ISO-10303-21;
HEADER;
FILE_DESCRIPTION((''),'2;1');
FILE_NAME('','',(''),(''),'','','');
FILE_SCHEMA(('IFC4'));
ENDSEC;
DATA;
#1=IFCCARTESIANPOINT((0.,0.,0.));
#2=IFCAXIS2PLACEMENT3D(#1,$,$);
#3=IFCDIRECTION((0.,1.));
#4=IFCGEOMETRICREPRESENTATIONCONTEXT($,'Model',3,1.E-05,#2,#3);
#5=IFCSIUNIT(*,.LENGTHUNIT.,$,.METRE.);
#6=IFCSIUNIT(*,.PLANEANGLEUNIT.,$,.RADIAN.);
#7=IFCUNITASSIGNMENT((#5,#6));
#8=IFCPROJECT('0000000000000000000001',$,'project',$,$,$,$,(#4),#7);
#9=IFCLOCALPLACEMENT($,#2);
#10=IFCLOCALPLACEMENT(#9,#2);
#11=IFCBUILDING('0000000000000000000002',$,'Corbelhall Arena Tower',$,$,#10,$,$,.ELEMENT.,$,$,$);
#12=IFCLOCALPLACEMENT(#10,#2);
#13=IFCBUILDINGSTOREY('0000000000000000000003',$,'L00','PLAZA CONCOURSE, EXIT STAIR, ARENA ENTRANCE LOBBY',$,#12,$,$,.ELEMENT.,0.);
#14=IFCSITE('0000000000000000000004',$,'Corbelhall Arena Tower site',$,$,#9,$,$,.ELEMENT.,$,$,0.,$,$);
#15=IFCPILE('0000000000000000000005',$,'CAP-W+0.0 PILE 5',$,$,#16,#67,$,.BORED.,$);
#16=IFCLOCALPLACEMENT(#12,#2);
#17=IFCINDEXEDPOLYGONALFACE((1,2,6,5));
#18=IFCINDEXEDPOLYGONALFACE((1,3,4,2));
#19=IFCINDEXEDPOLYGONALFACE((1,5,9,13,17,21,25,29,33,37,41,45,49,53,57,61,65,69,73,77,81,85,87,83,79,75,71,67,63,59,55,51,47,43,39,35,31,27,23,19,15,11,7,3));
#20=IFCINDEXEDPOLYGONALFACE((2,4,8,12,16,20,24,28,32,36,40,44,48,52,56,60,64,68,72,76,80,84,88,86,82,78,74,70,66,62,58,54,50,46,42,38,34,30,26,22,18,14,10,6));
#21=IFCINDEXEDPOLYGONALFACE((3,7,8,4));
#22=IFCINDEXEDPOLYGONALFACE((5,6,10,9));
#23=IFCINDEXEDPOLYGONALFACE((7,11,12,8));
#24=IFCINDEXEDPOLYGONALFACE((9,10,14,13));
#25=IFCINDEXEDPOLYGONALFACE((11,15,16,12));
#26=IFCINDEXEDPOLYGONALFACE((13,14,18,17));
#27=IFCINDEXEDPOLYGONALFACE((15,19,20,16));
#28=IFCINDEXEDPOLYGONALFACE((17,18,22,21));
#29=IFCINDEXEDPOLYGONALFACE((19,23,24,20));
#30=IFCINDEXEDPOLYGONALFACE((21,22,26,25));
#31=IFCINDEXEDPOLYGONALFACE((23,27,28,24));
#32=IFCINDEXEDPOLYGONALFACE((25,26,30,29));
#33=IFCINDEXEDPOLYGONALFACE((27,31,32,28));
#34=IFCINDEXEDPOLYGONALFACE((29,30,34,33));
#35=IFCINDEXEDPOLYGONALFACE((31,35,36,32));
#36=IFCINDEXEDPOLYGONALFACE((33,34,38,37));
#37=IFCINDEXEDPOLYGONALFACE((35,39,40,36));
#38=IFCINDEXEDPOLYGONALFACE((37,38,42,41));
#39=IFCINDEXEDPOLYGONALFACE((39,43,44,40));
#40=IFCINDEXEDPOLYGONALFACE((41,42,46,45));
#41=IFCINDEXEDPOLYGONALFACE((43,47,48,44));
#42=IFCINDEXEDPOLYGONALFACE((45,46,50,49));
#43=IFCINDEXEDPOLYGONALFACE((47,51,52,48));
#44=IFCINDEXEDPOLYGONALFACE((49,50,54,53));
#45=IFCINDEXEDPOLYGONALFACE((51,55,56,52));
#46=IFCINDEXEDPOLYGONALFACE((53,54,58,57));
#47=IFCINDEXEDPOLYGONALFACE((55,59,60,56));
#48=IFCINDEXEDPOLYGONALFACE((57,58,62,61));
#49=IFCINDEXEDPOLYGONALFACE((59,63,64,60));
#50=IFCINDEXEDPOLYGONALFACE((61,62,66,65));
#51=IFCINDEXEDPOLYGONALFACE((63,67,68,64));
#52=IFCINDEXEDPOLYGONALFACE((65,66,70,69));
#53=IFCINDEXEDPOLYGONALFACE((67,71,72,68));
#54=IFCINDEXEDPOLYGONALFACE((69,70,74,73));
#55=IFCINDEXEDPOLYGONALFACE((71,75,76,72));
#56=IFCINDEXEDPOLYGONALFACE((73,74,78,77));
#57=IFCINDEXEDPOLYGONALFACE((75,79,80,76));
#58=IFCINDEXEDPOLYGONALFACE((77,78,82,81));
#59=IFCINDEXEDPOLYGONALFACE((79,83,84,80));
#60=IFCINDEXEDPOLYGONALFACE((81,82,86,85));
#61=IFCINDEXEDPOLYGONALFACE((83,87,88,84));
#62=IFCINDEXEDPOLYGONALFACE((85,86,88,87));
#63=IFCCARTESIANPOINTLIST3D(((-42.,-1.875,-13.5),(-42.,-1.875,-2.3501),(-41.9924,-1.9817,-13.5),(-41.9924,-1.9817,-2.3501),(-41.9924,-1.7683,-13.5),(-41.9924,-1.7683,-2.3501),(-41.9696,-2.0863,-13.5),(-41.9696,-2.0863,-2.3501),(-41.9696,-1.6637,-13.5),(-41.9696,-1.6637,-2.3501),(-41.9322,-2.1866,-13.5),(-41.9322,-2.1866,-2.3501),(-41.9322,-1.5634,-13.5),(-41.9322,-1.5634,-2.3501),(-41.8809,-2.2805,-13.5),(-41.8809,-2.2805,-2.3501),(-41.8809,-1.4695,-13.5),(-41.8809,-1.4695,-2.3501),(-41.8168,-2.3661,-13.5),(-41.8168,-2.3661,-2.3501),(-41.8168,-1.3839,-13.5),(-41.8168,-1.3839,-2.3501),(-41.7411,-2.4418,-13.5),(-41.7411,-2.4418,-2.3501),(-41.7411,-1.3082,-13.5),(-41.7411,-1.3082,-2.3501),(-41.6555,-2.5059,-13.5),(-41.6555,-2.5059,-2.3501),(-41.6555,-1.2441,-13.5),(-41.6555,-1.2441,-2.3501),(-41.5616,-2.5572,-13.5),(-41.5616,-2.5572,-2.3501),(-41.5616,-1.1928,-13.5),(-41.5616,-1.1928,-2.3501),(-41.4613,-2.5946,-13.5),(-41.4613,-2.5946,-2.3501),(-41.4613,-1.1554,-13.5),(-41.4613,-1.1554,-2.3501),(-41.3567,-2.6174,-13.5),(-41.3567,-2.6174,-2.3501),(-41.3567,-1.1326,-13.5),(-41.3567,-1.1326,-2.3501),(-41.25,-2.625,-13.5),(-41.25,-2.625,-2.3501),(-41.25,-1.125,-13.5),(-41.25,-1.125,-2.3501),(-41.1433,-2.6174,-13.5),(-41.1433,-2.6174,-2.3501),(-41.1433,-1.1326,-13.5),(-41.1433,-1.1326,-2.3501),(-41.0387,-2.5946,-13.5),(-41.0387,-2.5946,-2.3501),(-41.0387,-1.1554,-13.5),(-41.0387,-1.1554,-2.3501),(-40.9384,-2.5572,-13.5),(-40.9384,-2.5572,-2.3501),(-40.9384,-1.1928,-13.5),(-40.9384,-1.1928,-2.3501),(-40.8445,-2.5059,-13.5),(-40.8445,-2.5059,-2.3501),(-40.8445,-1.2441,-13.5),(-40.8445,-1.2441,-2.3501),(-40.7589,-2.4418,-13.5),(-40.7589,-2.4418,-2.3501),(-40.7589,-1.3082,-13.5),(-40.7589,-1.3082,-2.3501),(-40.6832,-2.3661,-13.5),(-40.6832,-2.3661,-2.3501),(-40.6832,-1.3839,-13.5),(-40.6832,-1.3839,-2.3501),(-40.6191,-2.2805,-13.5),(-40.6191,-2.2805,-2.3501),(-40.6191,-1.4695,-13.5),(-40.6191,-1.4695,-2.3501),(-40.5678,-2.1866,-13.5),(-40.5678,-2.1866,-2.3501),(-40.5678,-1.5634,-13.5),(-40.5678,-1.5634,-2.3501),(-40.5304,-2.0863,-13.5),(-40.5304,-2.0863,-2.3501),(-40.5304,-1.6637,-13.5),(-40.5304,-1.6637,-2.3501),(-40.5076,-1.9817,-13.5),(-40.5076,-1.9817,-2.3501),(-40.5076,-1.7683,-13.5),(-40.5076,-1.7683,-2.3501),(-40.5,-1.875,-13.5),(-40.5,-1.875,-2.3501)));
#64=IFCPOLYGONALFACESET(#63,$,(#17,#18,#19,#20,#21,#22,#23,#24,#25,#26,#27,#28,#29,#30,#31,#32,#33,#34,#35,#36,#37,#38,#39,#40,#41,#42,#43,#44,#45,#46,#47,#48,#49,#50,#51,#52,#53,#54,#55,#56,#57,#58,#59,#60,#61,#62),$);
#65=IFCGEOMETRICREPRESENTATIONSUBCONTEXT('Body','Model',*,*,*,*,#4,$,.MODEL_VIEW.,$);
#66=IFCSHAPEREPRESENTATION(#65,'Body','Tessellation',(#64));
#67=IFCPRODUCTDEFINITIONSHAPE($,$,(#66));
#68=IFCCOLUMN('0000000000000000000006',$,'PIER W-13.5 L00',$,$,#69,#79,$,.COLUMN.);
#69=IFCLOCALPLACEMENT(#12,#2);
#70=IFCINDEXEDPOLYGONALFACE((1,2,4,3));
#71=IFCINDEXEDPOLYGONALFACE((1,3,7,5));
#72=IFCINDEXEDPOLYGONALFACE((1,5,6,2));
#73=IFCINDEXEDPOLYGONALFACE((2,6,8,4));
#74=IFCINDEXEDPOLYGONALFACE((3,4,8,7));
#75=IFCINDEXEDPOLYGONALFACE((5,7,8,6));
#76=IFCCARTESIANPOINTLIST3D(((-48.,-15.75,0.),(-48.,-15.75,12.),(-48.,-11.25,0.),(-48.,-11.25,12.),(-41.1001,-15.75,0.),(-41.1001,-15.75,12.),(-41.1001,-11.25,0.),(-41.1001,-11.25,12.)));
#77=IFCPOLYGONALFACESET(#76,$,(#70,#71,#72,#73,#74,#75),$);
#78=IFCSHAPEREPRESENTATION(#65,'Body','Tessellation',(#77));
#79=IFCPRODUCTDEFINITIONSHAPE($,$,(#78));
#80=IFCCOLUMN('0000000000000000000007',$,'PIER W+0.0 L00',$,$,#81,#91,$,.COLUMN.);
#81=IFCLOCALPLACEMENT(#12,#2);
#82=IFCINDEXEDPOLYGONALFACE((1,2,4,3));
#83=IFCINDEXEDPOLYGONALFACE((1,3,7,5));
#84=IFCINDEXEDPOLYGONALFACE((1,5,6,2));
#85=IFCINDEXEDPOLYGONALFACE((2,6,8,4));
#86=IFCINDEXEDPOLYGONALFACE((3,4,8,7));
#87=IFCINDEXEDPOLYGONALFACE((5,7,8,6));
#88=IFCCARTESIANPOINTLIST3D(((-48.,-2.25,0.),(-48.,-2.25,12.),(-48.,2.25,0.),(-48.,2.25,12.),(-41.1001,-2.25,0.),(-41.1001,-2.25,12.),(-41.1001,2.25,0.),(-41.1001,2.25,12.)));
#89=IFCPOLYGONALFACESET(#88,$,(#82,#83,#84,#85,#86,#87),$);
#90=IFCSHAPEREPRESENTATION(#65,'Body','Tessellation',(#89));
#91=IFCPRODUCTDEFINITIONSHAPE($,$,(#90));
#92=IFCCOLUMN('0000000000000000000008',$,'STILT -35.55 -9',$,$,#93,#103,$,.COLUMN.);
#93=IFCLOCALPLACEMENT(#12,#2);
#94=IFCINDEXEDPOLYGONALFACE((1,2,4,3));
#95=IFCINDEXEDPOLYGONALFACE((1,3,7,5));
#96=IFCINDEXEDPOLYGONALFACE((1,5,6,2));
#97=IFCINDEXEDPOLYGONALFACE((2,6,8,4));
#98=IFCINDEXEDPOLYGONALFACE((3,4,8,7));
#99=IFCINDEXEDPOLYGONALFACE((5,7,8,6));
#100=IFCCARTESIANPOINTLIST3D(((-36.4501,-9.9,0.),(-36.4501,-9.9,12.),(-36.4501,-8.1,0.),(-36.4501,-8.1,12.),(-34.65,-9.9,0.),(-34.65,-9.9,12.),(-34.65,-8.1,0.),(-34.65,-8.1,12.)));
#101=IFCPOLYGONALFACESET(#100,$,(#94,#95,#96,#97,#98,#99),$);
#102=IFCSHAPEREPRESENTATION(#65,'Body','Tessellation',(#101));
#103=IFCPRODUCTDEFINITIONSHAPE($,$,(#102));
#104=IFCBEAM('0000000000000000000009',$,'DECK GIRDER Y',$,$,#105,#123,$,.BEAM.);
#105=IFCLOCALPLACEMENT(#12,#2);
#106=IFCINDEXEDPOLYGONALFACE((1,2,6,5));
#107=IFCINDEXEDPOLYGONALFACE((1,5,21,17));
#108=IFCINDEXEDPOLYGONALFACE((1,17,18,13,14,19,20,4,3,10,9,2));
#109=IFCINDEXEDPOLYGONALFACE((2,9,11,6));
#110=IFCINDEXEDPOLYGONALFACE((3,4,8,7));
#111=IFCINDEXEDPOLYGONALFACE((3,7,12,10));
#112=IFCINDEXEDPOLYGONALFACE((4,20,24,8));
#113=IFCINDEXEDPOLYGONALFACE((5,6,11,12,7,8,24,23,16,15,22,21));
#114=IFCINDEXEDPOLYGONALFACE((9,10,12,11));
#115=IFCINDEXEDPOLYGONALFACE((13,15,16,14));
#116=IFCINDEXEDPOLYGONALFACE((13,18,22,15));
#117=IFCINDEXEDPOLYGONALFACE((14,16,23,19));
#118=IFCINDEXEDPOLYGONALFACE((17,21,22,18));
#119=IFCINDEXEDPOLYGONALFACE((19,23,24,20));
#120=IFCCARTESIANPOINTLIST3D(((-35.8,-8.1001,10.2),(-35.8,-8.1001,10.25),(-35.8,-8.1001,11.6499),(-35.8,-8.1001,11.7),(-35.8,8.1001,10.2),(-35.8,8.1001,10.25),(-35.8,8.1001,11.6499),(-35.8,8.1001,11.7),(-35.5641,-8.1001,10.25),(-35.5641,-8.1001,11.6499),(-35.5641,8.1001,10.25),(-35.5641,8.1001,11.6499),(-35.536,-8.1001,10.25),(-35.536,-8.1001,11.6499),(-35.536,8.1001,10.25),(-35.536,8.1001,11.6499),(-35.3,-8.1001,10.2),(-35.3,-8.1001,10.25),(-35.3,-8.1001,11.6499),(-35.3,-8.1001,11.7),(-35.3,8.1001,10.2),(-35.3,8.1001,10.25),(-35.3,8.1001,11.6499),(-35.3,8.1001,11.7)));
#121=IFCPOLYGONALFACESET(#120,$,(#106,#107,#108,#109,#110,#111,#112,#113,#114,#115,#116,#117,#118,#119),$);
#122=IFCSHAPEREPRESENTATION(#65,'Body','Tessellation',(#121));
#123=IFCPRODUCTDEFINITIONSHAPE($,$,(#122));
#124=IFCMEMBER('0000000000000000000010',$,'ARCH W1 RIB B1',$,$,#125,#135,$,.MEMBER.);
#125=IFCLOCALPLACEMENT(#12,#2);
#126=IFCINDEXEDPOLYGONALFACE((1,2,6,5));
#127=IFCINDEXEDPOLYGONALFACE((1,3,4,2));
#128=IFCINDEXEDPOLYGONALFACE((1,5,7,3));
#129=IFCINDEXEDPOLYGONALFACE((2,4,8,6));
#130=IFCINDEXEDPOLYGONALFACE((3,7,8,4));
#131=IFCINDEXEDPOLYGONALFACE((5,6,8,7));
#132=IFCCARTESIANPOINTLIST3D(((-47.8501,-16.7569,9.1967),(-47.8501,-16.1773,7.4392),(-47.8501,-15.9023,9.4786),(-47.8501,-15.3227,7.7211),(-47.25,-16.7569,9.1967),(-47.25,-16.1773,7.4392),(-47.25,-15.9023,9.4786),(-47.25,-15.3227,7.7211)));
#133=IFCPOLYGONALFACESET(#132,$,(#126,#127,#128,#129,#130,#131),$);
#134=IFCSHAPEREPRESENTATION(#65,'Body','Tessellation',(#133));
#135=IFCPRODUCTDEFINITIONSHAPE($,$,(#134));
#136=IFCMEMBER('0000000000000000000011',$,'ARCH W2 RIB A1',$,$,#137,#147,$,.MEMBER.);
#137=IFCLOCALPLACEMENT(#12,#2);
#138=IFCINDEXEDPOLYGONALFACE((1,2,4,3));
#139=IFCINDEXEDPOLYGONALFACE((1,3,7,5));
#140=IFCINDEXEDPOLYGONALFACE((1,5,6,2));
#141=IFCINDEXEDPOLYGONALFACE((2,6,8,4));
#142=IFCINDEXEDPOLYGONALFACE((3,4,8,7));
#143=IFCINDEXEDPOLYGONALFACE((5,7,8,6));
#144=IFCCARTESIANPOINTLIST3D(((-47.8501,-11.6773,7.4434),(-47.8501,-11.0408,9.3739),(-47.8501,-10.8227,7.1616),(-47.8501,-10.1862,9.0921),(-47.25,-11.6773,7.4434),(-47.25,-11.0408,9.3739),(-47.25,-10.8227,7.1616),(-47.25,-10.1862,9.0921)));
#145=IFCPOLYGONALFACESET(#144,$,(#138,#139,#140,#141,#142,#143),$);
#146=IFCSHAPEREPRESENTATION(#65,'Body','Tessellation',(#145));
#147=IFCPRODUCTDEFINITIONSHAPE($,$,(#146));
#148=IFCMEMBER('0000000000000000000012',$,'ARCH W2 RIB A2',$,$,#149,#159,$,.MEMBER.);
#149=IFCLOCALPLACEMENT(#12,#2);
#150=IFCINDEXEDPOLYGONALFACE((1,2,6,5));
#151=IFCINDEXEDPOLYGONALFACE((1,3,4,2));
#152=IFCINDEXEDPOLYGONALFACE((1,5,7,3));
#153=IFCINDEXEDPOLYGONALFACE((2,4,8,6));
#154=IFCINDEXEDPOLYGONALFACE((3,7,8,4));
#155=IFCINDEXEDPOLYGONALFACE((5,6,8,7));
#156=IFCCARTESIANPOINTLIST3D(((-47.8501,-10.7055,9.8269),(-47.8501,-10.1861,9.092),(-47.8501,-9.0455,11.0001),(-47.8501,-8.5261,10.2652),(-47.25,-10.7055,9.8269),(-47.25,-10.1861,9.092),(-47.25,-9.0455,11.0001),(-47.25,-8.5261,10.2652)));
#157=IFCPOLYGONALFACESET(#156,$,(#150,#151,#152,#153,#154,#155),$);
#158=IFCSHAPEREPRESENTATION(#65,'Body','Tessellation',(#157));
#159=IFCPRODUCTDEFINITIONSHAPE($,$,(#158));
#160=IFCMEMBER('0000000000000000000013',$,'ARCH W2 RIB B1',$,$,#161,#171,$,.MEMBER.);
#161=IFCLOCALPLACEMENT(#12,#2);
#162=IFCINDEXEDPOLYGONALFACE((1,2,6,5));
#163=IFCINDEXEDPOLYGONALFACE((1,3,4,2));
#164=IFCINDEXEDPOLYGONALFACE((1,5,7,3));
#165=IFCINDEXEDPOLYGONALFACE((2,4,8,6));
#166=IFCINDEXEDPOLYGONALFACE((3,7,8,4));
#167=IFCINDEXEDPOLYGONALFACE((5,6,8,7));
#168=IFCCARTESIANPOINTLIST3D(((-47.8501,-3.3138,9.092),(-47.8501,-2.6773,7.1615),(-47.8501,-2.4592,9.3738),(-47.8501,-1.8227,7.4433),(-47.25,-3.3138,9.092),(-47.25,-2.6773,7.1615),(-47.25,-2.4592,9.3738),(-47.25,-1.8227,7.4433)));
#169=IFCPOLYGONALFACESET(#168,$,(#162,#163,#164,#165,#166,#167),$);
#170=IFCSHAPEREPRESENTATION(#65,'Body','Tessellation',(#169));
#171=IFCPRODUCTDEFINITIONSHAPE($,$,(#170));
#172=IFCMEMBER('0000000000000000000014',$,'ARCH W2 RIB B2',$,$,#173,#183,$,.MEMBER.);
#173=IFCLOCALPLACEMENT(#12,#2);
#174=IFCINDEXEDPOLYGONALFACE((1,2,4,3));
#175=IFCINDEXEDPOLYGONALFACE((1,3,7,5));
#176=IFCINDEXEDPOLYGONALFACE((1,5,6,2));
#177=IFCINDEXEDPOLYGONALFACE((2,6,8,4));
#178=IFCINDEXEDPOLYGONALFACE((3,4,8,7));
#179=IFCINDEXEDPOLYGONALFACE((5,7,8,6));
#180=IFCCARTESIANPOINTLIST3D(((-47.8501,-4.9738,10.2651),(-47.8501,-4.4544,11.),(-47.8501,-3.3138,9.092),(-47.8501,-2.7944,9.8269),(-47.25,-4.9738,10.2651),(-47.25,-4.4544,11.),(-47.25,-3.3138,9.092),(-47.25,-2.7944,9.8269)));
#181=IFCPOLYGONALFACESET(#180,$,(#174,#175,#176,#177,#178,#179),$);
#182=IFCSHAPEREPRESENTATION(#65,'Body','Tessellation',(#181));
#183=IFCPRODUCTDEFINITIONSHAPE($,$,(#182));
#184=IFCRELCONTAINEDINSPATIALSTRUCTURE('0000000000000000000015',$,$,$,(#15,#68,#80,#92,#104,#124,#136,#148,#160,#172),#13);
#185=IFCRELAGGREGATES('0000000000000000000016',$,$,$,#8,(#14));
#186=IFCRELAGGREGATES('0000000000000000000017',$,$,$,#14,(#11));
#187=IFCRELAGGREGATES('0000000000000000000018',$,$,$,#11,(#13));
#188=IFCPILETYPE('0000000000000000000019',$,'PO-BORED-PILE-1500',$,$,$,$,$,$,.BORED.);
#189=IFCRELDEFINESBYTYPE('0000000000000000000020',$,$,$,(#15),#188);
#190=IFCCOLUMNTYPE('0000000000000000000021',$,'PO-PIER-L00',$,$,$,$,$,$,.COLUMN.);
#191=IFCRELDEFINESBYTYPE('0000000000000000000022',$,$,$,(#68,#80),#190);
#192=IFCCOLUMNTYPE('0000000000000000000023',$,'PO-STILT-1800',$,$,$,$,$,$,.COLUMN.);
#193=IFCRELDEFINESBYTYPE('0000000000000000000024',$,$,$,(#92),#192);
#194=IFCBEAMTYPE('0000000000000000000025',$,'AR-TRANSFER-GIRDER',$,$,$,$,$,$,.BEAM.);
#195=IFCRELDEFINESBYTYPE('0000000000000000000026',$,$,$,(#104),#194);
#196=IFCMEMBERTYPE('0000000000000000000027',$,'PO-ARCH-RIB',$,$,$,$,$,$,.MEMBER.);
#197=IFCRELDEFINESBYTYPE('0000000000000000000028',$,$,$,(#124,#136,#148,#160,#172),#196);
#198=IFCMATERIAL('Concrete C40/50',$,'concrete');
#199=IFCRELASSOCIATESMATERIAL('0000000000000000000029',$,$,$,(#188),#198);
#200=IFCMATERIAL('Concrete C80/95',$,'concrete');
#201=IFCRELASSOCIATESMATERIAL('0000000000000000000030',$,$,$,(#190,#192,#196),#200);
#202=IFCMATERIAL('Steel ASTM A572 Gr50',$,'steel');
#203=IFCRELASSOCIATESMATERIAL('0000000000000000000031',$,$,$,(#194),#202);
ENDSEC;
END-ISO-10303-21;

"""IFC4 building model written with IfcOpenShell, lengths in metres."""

from ifc_helpers import new_model, si_unit, direction, frame, origin, origin_2d, place, context, subcontext, project, spatial, rectangle, circle, i_section, extrude, material, material_profile, profile_set, type_object, element, save


model = new_model("IFC4")

# Units and contexts
model_context = context("Model", 3, precision=1e-05, world=origin(), true_north=direction((0.0, 1.0)))
body_context = subcontext(model_context, "Body", "Model", "MODEL_VIEW")
ifc_project = project(units=[si_unit("LENGTHUNIT", "METRE"), si_unit("PLANEANGLEUNIT", "RADIAN")], contexts=[model_context])

# Site, building, storey
site_placement = place(None, origin())
site = spatial("IfcSite", under=ifc_project, at=site_placement, Name="Corbelhall Arena Tower site", CompositionType="ELEMENT", RefElevation=0.0)
building_placement = place(site_placement, origin())
building = spatial("IfcBuilding", under=site, at=building_placement, Name="Corbelhall Arena Tower", CompositionType="ELEMENT")
storey_placement = place(building_placement, origin())
storey = spatial("IfcBuildingStorey", under=building, at=storey_placement, Name="L00", Description="PLAZA CONCOURSE, EXIT STAIR, ARENA ENTRANCE LOBBY", CompositionType="ELEMENT", Elevation=0.0)

# Pile
ifc_material_1 = material(Name="Concrete C40/50", Category="concrete")
ifc_material_profile_1 = material_profile(ifc_material_1, circle(Radius=0.75, at=origin_2d()))
ifc_profile_set_1 = profile_set([ifc_material_profile_1], Name="Concrete C40/50")
pile_type_1 = type_object("IfcPileType", Name="PO-BORED-PILE-1500", PredefinedType="BORED", material=ifc_profile_set_1)
for number, where, z_axis, x_axis, name in (
    (1, (-41.25, -1.875, -2.3501), (0.0, 0.0, -1.0), (1.0, 0.0, 0.0), "CAP-W+0.0 PILE 5"),
):
    element("IfcPile", number, at=place(storey_placement, frame(where, z_axis=z_axis, x_axis=x_axis)), inside=storey, type_object=pile_type_1, Name=name, PredefinedType="BORED", context=body_context, shape_type="SweptSolid", body=[
        extrude(circle(Radius=0.75, at=origin_2d()), origin(), (0.0, 0.0, 1.0), 11.1499),
    ])

# Columns
ifc_material_2 = material(Name="Concrete C80/95", Category="concrete")
ifc_material_profile_2 = material_profile(ifc_material_2, rectangle(XDim=4.5, YDim=6.8999, at=origin_2d()))
ifc_profile_set_2 = profile_set([ifc_material_profile_2], Name="Concrete C80/95")
column_type_1 = type_object("IfcColumnType", Name="PO-PIER-L00", PredefinedType="COLUMN", material=ifc_profile_set_2)
for number, where, z_axis, x_axis, name in (
    (2, (-44.55, -13.5, 0.0), (0.0, 0.0, 1.0), (0.0, 1.0, 0.0), "PIER W-13.5 L00"),
    (3, (-44.55, 0.0, 0.0), (0.0, 0.0, 1.0), (0.0, 1.0, 0.0), "PIER W+0.0 L00"),
):
    element("IfcColumn", number, at=place(storey_placement, frame(where, z_axis=z_axis, x_axis=x_axis)), inside=storey, type_object=column_type_1, Name=name, PredefinedType="COLUMN", context=body_context, shape_type="SweptSolid", body=[
        extrude(rectangle(XDim=4.5, YDim=6.8999, at=origin_2d()), origin(), (0.0, 0.0, 1.0), 12.0),
    ])
ifc_material_profile_3 = material_profile(ifc_material_2, rectangle(XDim=1.8, YDim=1.8, at=origin_2d()))
ifc_profile_set_3 = profile_set([ifc_material_profile_3], Name="Concrete C80/95")
column_type_2 = type_object("IfcColumnType", Name="PO-STILT-1800", PredefinedType="COLUMN", material=ifc_profile_set_3)
column_placement = place(storey_placement, frame((-35.55, -9.0, 0.0), z_axis=(0.0, 0.0, 1.0), x_axis=(1.0, 0.0, 0.0)))
element("IfcColumn", 4, at=column_placement, inside=storey, type_object=column_type_2, Name="STILT -35.55 -9", PredefinedType="COLUMN", context=body_context, shape_type="SweptSolid", body=[
    extrude(rectangle(XDim=1.8, YDim=1.8, at=origin_2d()), origin(), (0.0, 0.0, 1.0), 12.0),
])

# Beam
ifc_material_3 = material(Name="Steel ASTM A572 Gr50", Category="steel")
ifc_material_profile_4 = material_profile(ifc_material_3, i_section(OverallWidth=0.5, OverallDepth=1.5, WebThickness=0.0281, FlangeThickness=0.05, at=origin_2d()))
ifc_profile_set_4 = profile_set([ifc_material_profile_4], Name="Steel ASTM A572 Gr50")
beam_type_1 = type_object("IfcBeamType", Name="AR-TRANSFER-GIRDER", PredefinedType="BEAM", material=ifc_profile_set_4)
beam_1_placement = place(storey_placement, frame((-35.55, -8.1001, 10.95), z_axis=(0.0, 1.0, 0.0), x_axis=(-1.0, 0.0, 0.0)))
element("IfcBeam", 5, at=beam_1_placement, inside=storey, type_object=beam_type_1, Name="DECK GIRDER Y", PredefinedType="BEAM", context=body_context, shape_type="SweptSolid", body=[
    extrude(i_section(OverallWidth=0.5, OverallDepth=1.5, WebThickness=0.0281, FlangeThickness=0.05, at=origin_2d()), origin(), (0.0, 0.0, 1.0), 16.2002),
])

# Members
ifc_material_profile_5 = material_profile(ifc_material_2, rectangle(XDim=0.6001, YDim=0.8999, at=origin_2d()))
ifc_profile_set_5 = profile_set([ifc_material_profile_5], Name="Concrete C80/95")
member_type = type_object("IfcMemberType", Name="PO-ARCH-RIB", PredefinedType="MEMBER", material=ifc_profile_set_5)
member_placement = place(storey_placement, frame((-47.55, -16.3296, 9.3376), z_axis=(0.0, 0.313179, -0.949694), x_axis=(-1.0, 0.0, 0.0)))
element("IfcMember", 6, at=member_placement, inside=storey, type_object=member_type, Name="ARCH W1 RIB B1", PredefinedType="MEMBER", context=body_context, shape_type="SweptSolid", body=[
    extrude(rectangle(XDim=0.6001, YDim=0.8999, at=origin_2d()), origin(), (0.0, 0.0, 1.0), 1.8506),
])
for number, where, z_axis, x_axis, name in (
    (7, (-47.55, -11.25, 7.3025), (0.0, 0.313127, 0.949711), (-1.0, 0.0, 0.0), "ARCH W2 RIB A1"),
    (8, (-47.55, -10.4458, 9.4595), (0.0, 0.816645, 0.577141), (-1.0, 0.0, 0.0), "ARCH W2 RIB A2"),
    (9, (-47.55, -2.8865, 9.2329), (0.0, 0.313127, -0.949711), (-1.0, 0.0, 0.0), "ARCH W2 RIB B1"),
    (10, (-47.55, -4.7141, 10.6326), (0.0, 0.816645, -0.577141), (-1.0, 0.0, 0.0), "ARCH W2 RIB B2"),
):
    element("IfcMember", number, at=place(storey_placement, frame(where, z_axis=z_axis, x_axis=x_axis)), inside=storey, type_object=member_type, Name=name, PredefinedType="MEMBER", context=body_context, shape_type="SweptSolid", body=[
        extrude(rectangle(XDim=0.6001, YDim=0.8999, at=origin_2d()), origin(), (0.0, 0.0, 1.0), 2.0327),
    ])

save(model, "model.ifc")
